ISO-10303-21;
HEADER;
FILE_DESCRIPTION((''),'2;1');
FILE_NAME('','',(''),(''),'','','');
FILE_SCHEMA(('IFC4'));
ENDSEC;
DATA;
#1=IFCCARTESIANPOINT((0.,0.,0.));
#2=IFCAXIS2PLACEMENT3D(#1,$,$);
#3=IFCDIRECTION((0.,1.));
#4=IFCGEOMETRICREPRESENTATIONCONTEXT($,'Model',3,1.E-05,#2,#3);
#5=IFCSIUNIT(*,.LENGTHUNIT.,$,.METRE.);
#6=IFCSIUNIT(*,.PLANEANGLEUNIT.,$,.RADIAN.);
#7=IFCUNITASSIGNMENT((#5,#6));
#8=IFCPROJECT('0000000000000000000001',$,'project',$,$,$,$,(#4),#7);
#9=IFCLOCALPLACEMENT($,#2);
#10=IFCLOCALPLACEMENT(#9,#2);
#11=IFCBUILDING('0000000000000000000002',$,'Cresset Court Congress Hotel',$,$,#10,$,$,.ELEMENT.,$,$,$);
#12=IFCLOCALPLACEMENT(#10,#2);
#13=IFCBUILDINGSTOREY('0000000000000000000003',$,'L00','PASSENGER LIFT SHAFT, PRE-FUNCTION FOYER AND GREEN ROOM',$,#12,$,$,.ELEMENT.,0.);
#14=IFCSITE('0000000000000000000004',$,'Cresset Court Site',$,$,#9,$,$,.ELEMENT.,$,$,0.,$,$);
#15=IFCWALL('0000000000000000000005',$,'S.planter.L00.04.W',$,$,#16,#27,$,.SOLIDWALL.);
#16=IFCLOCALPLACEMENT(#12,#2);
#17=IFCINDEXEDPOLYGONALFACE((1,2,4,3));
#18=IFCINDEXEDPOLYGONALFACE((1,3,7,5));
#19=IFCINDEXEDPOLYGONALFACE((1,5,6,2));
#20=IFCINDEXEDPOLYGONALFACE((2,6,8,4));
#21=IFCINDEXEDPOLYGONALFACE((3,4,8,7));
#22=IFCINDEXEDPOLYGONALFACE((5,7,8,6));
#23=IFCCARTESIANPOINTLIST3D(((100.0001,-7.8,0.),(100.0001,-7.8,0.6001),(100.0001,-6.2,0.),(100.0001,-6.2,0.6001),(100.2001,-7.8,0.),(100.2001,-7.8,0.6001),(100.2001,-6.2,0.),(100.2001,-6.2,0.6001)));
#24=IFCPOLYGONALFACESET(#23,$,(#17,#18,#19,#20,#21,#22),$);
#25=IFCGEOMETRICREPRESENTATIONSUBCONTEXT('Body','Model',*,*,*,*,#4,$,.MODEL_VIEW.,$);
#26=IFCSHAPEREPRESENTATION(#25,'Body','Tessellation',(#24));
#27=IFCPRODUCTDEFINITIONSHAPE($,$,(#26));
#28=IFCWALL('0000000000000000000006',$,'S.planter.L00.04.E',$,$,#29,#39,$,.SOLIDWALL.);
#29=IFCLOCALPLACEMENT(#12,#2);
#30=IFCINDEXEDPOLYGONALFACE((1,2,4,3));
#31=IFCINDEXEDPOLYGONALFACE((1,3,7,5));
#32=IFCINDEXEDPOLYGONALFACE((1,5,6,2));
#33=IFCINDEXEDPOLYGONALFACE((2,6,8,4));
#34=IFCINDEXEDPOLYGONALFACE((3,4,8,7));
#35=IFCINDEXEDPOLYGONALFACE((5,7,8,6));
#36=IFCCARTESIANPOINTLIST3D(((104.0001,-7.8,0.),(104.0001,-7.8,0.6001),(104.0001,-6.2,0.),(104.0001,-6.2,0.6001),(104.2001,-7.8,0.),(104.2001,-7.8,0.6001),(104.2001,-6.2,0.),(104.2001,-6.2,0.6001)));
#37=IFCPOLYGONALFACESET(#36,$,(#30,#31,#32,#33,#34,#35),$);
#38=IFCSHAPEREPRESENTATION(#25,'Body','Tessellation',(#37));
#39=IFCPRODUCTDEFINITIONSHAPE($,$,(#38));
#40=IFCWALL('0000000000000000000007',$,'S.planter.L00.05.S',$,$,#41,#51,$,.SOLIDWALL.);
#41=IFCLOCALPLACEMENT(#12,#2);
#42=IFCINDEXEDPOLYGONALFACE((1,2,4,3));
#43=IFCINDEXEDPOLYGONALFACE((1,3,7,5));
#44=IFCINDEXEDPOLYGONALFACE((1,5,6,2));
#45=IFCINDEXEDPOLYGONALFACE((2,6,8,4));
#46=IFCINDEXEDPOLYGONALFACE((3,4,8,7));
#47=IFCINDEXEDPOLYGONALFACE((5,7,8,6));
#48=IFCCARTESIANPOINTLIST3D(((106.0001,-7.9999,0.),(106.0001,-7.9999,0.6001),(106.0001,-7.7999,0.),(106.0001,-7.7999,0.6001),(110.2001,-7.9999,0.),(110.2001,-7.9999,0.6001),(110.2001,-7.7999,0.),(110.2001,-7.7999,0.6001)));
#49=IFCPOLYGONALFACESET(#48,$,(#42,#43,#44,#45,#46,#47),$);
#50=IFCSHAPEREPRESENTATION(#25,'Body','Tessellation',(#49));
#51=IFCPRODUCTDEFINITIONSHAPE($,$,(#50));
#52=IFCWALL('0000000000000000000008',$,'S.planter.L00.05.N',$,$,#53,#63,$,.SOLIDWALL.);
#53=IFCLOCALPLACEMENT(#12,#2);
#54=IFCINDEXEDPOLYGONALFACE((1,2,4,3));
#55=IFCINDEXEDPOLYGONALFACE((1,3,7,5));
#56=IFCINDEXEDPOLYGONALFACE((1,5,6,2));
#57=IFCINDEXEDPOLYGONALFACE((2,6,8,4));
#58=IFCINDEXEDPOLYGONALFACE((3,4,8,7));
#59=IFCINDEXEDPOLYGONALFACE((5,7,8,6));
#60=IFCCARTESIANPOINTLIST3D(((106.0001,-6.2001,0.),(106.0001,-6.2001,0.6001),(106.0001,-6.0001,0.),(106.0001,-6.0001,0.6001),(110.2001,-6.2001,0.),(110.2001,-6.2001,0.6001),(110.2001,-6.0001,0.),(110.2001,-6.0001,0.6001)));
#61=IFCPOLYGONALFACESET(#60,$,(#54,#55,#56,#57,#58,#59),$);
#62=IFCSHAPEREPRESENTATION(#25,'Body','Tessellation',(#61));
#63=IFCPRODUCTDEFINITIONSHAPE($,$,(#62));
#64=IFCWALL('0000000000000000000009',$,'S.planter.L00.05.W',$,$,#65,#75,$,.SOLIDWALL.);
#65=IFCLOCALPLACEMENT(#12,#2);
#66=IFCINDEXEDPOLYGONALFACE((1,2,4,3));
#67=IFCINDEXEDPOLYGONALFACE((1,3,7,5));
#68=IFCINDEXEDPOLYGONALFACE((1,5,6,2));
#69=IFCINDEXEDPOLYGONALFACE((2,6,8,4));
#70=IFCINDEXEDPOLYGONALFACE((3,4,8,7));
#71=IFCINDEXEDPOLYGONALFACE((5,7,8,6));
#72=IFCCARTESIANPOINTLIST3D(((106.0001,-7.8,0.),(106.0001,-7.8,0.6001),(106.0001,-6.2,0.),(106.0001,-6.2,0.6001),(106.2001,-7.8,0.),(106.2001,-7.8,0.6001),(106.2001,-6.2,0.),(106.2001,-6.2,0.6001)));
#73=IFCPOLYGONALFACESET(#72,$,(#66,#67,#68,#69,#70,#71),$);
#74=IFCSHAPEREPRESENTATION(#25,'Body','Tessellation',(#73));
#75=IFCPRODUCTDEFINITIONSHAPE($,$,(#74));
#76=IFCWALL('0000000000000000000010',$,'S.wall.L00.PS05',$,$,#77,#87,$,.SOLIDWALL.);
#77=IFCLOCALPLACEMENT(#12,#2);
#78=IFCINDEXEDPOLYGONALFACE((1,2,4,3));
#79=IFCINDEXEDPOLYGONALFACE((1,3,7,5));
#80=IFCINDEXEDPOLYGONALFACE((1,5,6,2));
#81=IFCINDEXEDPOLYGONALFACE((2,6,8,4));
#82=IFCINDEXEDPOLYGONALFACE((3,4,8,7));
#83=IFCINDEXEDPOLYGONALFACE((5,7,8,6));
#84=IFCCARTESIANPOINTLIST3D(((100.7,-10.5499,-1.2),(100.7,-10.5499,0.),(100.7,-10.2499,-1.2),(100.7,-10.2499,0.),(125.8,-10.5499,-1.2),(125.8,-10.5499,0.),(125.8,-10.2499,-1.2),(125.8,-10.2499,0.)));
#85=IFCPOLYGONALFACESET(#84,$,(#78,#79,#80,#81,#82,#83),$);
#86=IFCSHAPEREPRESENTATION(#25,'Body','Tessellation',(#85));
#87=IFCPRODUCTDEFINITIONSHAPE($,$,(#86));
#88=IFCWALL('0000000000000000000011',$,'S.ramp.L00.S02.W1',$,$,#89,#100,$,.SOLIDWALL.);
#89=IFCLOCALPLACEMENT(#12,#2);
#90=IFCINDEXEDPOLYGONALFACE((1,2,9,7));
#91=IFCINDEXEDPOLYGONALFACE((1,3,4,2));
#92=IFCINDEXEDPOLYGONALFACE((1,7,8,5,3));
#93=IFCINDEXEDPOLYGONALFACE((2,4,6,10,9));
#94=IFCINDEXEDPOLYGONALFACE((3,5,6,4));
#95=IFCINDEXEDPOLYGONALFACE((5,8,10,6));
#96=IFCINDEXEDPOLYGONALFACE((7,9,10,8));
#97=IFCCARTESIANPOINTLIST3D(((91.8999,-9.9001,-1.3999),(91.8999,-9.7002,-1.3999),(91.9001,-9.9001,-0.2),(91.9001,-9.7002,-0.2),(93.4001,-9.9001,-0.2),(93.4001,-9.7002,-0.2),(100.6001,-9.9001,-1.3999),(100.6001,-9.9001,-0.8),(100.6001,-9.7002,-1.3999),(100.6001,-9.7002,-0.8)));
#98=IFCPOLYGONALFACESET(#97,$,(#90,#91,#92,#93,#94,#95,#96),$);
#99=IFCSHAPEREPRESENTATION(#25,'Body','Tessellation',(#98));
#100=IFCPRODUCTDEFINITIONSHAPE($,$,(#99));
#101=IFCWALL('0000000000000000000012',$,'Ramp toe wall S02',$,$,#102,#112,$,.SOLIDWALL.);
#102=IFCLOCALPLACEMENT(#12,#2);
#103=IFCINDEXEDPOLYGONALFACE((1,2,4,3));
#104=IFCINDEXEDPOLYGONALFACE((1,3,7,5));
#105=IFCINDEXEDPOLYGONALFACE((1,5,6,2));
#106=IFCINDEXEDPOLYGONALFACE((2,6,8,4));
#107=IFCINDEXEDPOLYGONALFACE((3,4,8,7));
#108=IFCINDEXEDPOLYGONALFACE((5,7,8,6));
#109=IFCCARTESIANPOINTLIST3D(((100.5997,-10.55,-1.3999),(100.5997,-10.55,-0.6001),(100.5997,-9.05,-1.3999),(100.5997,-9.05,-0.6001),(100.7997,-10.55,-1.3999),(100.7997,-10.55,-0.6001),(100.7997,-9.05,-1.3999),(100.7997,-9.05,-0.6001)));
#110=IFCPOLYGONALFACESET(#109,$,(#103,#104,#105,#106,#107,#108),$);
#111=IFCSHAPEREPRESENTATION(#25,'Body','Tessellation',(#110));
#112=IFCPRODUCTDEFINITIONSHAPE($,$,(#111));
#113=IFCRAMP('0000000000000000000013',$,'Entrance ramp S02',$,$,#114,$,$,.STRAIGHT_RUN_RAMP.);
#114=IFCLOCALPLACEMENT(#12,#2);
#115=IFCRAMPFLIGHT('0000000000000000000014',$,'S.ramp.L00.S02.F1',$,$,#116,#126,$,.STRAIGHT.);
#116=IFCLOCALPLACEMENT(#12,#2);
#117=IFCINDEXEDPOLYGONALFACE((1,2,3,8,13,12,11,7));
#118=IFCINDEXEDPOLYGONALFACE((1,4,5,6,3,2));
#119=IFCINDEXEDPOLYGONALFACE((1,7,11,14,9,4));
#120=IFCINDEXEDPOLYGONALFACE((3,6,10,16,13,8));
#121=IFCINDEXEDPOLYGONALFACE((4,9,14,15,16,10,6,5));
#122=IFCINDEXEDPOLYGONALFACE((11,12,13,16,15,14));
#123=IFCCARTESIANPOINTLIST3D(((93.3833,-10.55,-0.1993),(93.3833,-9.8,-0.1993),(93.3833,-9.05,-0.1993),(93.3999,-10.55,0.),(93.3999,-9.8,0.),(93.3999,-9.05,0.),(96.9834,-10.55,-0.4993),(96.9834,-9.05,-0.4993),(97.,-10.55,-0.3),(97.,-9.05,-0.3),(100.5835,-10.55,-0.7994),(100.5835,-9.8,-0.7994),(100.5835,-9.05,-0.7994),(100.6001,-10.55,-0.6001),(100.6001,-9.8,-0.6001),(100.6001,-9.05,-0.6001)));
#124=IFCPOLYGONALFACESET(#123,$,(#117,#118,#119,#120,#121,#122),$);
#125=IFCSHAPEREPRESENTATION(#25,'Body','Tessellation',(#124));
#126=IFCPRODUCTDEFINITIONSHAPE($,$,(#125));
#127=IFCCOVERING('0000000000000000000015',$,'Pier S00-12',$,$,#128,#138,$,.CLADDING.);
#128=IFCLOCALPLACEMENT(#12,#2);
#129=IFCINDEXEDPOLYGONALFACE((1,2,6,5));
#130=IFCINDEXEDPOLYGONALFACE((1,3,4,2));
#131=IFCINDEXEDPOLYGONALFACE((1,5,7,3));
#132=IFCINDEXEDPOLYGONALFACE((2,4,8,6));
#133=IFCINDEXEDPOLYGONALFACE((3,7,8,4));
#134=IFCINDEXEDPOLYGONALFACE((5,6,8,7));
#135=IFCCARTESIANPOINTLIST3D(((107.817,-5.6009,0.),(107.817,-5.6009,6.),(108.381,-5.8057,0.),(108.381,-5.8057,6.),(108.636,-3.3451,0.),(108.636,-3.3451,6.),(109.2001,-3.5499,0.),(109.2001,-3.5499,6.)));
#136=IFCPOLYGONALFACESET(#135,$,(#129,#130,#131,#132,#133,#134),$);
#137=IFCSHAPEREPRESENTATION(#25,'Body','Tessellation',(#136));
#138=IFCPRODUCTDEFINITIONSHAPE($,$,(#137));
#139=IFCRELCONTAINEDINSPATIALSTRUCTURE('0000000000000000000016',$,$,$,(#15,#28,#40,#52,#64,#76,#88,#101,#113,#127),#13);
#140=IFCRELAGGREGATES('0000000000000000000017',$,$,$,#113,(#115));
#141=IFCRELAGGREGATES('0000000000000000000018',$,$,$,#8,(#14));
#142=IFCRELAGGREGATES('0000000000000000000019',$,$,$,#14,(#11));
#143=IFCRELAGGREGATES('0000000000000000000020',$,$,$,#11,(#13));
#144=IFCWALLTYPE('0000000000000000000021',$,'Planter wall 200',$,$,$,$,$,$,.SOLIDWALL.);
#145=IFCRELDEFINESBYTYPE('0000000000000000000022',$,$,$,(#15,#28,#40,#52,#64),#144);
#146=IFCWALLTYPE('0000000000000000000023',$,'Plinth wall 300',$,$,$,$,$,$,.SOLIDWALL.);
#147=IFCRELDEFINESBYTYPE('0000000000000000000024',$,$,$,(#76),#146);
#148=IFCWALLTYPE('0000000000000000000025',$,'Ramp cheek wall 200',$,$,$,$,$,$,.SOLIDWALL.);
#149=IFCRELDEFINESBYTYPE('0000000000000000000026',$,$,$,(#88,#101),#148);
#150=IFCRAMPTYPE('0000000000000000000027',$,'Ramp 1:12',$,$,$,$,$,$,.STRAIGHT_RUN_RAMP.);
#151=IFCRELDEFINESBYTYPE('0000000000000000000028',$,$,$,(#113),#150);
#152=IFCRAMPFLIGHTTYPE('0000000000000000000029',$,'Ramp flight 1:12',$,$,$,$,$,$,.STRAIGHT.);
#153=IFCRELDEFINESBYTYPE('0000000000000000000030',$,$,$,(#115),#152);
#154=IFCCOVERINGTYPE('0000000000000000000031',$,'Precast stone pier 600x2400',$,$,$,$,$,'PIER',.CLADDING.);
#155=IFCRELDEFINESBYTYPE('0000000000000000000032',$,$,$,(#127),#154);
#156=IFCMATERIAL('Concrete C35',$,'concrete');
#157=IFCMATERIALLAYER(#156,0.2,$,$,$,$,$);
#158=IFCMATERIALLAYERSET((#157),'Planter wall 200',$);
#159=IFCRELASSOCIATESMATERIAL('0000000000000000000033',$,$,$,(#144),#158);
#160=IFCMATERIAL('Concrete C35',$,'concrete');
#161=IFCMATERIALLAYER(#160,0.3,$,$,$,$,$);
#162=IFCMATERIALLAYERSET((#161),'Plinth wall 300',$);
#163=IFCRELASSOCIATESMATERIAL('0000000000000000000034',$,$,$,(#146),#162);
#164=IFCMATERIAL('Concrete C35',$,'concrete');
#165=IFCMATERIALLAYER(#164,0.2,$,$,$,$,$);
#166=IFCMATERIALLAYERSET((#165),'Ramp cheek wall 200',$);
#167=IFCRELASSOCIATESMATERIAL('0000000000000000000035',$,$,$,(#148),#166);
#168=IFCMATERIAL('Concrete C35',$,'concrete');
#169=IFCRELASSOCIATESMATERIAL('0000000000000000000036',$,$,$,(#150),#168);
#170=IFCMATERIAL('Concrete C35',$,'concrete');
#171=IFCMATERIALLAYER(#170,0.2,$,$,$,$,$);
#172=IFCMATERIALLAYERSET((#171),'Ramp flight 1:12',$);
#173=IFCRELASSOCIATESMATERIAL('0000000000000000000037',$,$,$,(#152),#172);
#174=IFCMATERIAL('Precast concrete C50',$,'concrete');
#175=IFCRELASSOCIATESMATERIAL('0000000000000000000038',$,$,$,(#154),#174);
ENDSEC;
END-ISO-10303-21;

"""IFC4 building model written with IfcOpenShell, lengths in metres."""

from ifc_helpers import new_model, si_unit, direction, frame, frame_2d, origin, origin_2d, place, context, subcontext, project, spatial, polyline, rectangle, outline, extrude, material, layer, layer_set, type_object, element, aggregate, save


model = new_model("IFC4")

# Units and contexts
model_context = context("Model", 3, precision=1e-05, world=origin(), true_north=direction((0.0, 1.0)))
body_context = subcontext(model_context, "Body", "Model", "MODEL_VIEW")
ifc_project = project(units=[si_unit("LENGTHUNIT", "METRE"), si_unit("PLANEANGLEUNIT", "RADIAN")], contexts=[model_context])

# Site, building, storey
site_placement = place(None, origin())
site = spatial("IfcSite", under=ifc_project, at=site_placement, Name="Cresset Court Site", CompositionType="ELEMENT", RefElevation=0.0)
building_placement = place(site_placement, origin())
building = spatial("IfcBuilding", under=site, at=building_placement, Name="Cresset Court Congress Hotel", CompositionType="ELEMENT")
storey_placement = place(building_placement, origin())
storey = spatial("IfcBuildingStorey", under=building, at=storey_placement, Name="L00", Description="PASSENGER LIFT SHAFT, PRE-FUNCTION FOYER AND GREEN ROOM", CompositionType="ELEMENT", Elevation=0.0)

# Walls
ifc_material_1 = material(Name="Concrete C35", Category="concrete")
ifc_layer_1 = layer(ifc_material_1, 0.2)
ifc_layer_set_1 = layer_set([ifc_layer_1], Name="Planter wall 200")
wall_type_1 = type_object("IfcWallType", Name="Planter wall 200", PredefinedType="SOLIDWALL", material=ifc_layer_set_1)
for number, where, z_axis, x_axis, name in (
    (1, (100.1001, -7.8, 0.0), (0.0, 0.0, 1.0), (0.0, 1.0, 0.0), "S.planter.L00.04.W"),
    (2, (104.1001, -7.8, 0.0), (0.0, 0.0, 1.0), (0.0, 1.0, 0.0), "S.planter.L00.04.E"),
):
    element("IfcWall", number, at=place(storey_placement, frame(where, z_axis=z_axis, x_axis=x_axis)), inside=storey, type_object=wall_type_1, Name=name, PredefinedType="SOLIDWALL", context=body_context, shape_type="SweptSolid", body=[
        extrude(rectangle(XDim=1.6001, YDim=0.2, at=frame_2d((0.8, 0.0))), origin(), (0.0, 0.0, 1.0), 0.6001),
    ])
for number, where, z_axis, x_axis, name in (
    (3, (106.0, -7.8999, 0.0), (0.0, 0.0, 1.0), (1.0, 0.0, 0.0), "S.planter.L00.05.S"),
    (4, (106.0, -6.1001, 0.0), (0.0, 0.0, 1.0), (1.0, 0.0, 0.0), "S.planter.L00.05.N"),
):
    element("IfcWall", number, at=place(storey_placement, frame(where, z_axis=z_axis, x_axis=x_axis)), inside=storey, type_object=wall_type_1, Name=name, PredefinedType="SOLIDWALL", context=body_context, shape_type="SweptSolid", body=[
        extrude(rectangle(XDim=4.2, YDim=0.2, at=frame_2d((2.1001, 0.0))), origin(), (0.0, 0.0, 1.0), 0.6001),
    ])
wall_1_placement = place(storey_placement, frame((106.1001, -7.8, 0.0), z_axis=(0.0, 0.0, 1.0), x_axis=(0.0, 1.0, 0.0)))
element("IfcWall", 5, at=wall_1_placement, inside=storey, type_object=wall_type_1, Name="S.planter.L00.05.W", PredefinedType="SOLIDWALL", context=body_context, shape_type="SweptSolid", body=[
    extrude(rectangle(XDim=1.6001, YDim=0.2, at=frame_2d((0.8, 0.0))), origin(), (0.0, 0.0, 1.0), 0.6001),
])
ifc_material_2 = material(Name="Concrete C35", Category="concrete")
ifc_layer_2 = layer(ifc_material_2, 0.3)
ifc_layer_set_2 = layer_set([ifc_layer_2], Name="Plinth wall 300")
wall_type_2 = type_object("IfcWallType", Name="Plinth wall 300", PredefinedType="SOLIDWALL", material=ifc_layer_set_2)
wall_2_placement = place(storey_placement, frame((100.7, -10.3999, -1.2), z_axis=(0.0, 0.0, 1.0), x_axis=(1.0, 0.0, 0.0)))
element("IfcWall", 6, at=wall_2_placement, inside=storey, type_object=wall_type_2, Name="S.wall.L00.PS05", PredefinedType="SOLIDWALL", context=body_context, shape_type="SweptSolid", body=[
    extrude(rectangle(XDim=25.1001, YDim=0.3, at=frame_2d((12.55, 0.0))), origin(), (0.0, 0.0, 1.0), 1.2),
])
ifc_material_3 = material(Name="Concrete C35", Category="concrete")
ifc_layer_3 = layer(ifc_material_3, 0.2)
ifc_layer_set_3 = layer_set([ifc_layer_3], Name="Ramp cheek wall 200")
wall_type_3 = type_object("IfcWallType", Name="Ramp cheek wall 200", PredefinedType="SOLIDWALL", material=ifc_layer_set_3)
wall_3_placement = place(storey_placement, frame((100.6001, -9.8, -1.3999), z_axis=(0.0, 0.0, 1.0), x_axis=(-1.0, 0.0, 0.0)))
element("IfcWall", 7, at=wall_3_placement, inside=storey, type_object=wall_type_3, Name="S.ramp.L00.S02.W1", PredefinedType="SOLIDWALL", context=body_context, shape_type="SweptSolid", body=[
    extrude(outline(polyline([(0.0, 0.0), (8.7002, 0.0), (8.7, 1.2), (7.2, 1.2), (0.0, 0.5999), (0.0, 0.0)])), frame((0.0, 0.1001, 0.0), z_axis=(0.0, -1.0, 0.0), x_axis=(1.0, 0.0, 0.0)), (0.0, 0.0, 1.0), 0.2),
])
wall_4_placement = place(storey_placement, frame((100.6997, -10.55, -1.3999), z_axis=(0.0, 0.0, 1.0), x_axis=(0.0, 1.0, 0.0)))
element("IfcWall", 8, at=wall_4_placement, inside=storey, type_object=wall_type_3, Name="Ramp toe wall S02", PredefinedType="SOLIDWALL", context=body_context, shape_type="SweptSolid", body=[
    extrude(rectangle(XDim=1.5, YDim=0.2, at=frame_2d((0.75, 0.0))), origin(), (0.0, 0.0, 1.0), 0.7998),
])

# Ramp, ramp flight
ifc_material_4 = material(Name="Concrete C35", Category="concrete")
ramp_type = type_object("IfcRampType", Name="Ramp 1:12", PredefinedType="STRAIGHT_RUN_RAMP", material=ifc_material_4)
ramp_placement = place(storey_placement, origin())
ramp = element("IfcRamp", 9, at=ramp_placement, inside=storey, type_object=ramp_type, Name="Entrance ramp S02", PredefinedType="STRAIGHT_RUN_RAMP")
ifc_material_5 = material(Name="Concrete C35", Category="concrete")
ifc_layer_4 = layer(ifc_material_5, 0.2)
ifc_layer_set_4 = layer_set([ifc_layer_4], Name="Ramp flight 1:12")
ramp_flight_type = type_object("IfcRampFlightType", Name="Ramp flight 1:12", PredefinedType="STRAIGHT", material=ifc_layer_set_4)
ramp_flight_placement = place(storey_placement, frame((100.6001, -10.55, -0.6001), z_axis=(0.083057, 0.0, 0.996545), x_axis=(0.0, 1.0, 0.0)))
ramp_flight = element("IfcRampFlight", 10, at=ramp_flight_placement, type_object=ramp_flight_type, Name="S.ramp.L00.S02.F1", PredefinedType="STRAIGHT", context=body_context, shape_type="SweptSolid", body=[
    extrude(outline(polyline([(0.0, 0.0), (0.75, 0.0), (1.5, 0.0), (1.5, 3.6126), (1.5, 7.2252), (0.75, 7.2252), (0.0, 7.2252), (0.0, 3.6126), (0.0, 0.0)])), origin(), (0.0, 0.0, -1.0), 0.2),
])
aggregate(ramp, [ramp_flight])

# Covering
ifc_material_6 = material(Name="Precast concrete C50", Category="concrete")
covering_type = type_object("IfcCoveringType", Name="Precast stone pier 600x2400", ElementType="PIER", PredefinedType="CLADDING", material=ifc_material_6)
covering_placement = place(storey_placement, frame((108.5085, -4.5754, 0.0), z_axis=(0.0, 0.0, 1.0), x_axis=(0.939957, -0.341293, 0.0)))
element("IfcCovering", 11, at=covering_placement, inside=storey, type_object=covering_type, Name="Pier S00-12", PredefinedType="CLADDING", context=body_context, shape_type="SweptSolid", body=[
    extrude(rectangle(XDim=0.6001, YDim=2.3999, at=origin_2d()), origin(), (0.0, 0.0, 1.0), 6.0),
])

save(model, "model.ifc")
